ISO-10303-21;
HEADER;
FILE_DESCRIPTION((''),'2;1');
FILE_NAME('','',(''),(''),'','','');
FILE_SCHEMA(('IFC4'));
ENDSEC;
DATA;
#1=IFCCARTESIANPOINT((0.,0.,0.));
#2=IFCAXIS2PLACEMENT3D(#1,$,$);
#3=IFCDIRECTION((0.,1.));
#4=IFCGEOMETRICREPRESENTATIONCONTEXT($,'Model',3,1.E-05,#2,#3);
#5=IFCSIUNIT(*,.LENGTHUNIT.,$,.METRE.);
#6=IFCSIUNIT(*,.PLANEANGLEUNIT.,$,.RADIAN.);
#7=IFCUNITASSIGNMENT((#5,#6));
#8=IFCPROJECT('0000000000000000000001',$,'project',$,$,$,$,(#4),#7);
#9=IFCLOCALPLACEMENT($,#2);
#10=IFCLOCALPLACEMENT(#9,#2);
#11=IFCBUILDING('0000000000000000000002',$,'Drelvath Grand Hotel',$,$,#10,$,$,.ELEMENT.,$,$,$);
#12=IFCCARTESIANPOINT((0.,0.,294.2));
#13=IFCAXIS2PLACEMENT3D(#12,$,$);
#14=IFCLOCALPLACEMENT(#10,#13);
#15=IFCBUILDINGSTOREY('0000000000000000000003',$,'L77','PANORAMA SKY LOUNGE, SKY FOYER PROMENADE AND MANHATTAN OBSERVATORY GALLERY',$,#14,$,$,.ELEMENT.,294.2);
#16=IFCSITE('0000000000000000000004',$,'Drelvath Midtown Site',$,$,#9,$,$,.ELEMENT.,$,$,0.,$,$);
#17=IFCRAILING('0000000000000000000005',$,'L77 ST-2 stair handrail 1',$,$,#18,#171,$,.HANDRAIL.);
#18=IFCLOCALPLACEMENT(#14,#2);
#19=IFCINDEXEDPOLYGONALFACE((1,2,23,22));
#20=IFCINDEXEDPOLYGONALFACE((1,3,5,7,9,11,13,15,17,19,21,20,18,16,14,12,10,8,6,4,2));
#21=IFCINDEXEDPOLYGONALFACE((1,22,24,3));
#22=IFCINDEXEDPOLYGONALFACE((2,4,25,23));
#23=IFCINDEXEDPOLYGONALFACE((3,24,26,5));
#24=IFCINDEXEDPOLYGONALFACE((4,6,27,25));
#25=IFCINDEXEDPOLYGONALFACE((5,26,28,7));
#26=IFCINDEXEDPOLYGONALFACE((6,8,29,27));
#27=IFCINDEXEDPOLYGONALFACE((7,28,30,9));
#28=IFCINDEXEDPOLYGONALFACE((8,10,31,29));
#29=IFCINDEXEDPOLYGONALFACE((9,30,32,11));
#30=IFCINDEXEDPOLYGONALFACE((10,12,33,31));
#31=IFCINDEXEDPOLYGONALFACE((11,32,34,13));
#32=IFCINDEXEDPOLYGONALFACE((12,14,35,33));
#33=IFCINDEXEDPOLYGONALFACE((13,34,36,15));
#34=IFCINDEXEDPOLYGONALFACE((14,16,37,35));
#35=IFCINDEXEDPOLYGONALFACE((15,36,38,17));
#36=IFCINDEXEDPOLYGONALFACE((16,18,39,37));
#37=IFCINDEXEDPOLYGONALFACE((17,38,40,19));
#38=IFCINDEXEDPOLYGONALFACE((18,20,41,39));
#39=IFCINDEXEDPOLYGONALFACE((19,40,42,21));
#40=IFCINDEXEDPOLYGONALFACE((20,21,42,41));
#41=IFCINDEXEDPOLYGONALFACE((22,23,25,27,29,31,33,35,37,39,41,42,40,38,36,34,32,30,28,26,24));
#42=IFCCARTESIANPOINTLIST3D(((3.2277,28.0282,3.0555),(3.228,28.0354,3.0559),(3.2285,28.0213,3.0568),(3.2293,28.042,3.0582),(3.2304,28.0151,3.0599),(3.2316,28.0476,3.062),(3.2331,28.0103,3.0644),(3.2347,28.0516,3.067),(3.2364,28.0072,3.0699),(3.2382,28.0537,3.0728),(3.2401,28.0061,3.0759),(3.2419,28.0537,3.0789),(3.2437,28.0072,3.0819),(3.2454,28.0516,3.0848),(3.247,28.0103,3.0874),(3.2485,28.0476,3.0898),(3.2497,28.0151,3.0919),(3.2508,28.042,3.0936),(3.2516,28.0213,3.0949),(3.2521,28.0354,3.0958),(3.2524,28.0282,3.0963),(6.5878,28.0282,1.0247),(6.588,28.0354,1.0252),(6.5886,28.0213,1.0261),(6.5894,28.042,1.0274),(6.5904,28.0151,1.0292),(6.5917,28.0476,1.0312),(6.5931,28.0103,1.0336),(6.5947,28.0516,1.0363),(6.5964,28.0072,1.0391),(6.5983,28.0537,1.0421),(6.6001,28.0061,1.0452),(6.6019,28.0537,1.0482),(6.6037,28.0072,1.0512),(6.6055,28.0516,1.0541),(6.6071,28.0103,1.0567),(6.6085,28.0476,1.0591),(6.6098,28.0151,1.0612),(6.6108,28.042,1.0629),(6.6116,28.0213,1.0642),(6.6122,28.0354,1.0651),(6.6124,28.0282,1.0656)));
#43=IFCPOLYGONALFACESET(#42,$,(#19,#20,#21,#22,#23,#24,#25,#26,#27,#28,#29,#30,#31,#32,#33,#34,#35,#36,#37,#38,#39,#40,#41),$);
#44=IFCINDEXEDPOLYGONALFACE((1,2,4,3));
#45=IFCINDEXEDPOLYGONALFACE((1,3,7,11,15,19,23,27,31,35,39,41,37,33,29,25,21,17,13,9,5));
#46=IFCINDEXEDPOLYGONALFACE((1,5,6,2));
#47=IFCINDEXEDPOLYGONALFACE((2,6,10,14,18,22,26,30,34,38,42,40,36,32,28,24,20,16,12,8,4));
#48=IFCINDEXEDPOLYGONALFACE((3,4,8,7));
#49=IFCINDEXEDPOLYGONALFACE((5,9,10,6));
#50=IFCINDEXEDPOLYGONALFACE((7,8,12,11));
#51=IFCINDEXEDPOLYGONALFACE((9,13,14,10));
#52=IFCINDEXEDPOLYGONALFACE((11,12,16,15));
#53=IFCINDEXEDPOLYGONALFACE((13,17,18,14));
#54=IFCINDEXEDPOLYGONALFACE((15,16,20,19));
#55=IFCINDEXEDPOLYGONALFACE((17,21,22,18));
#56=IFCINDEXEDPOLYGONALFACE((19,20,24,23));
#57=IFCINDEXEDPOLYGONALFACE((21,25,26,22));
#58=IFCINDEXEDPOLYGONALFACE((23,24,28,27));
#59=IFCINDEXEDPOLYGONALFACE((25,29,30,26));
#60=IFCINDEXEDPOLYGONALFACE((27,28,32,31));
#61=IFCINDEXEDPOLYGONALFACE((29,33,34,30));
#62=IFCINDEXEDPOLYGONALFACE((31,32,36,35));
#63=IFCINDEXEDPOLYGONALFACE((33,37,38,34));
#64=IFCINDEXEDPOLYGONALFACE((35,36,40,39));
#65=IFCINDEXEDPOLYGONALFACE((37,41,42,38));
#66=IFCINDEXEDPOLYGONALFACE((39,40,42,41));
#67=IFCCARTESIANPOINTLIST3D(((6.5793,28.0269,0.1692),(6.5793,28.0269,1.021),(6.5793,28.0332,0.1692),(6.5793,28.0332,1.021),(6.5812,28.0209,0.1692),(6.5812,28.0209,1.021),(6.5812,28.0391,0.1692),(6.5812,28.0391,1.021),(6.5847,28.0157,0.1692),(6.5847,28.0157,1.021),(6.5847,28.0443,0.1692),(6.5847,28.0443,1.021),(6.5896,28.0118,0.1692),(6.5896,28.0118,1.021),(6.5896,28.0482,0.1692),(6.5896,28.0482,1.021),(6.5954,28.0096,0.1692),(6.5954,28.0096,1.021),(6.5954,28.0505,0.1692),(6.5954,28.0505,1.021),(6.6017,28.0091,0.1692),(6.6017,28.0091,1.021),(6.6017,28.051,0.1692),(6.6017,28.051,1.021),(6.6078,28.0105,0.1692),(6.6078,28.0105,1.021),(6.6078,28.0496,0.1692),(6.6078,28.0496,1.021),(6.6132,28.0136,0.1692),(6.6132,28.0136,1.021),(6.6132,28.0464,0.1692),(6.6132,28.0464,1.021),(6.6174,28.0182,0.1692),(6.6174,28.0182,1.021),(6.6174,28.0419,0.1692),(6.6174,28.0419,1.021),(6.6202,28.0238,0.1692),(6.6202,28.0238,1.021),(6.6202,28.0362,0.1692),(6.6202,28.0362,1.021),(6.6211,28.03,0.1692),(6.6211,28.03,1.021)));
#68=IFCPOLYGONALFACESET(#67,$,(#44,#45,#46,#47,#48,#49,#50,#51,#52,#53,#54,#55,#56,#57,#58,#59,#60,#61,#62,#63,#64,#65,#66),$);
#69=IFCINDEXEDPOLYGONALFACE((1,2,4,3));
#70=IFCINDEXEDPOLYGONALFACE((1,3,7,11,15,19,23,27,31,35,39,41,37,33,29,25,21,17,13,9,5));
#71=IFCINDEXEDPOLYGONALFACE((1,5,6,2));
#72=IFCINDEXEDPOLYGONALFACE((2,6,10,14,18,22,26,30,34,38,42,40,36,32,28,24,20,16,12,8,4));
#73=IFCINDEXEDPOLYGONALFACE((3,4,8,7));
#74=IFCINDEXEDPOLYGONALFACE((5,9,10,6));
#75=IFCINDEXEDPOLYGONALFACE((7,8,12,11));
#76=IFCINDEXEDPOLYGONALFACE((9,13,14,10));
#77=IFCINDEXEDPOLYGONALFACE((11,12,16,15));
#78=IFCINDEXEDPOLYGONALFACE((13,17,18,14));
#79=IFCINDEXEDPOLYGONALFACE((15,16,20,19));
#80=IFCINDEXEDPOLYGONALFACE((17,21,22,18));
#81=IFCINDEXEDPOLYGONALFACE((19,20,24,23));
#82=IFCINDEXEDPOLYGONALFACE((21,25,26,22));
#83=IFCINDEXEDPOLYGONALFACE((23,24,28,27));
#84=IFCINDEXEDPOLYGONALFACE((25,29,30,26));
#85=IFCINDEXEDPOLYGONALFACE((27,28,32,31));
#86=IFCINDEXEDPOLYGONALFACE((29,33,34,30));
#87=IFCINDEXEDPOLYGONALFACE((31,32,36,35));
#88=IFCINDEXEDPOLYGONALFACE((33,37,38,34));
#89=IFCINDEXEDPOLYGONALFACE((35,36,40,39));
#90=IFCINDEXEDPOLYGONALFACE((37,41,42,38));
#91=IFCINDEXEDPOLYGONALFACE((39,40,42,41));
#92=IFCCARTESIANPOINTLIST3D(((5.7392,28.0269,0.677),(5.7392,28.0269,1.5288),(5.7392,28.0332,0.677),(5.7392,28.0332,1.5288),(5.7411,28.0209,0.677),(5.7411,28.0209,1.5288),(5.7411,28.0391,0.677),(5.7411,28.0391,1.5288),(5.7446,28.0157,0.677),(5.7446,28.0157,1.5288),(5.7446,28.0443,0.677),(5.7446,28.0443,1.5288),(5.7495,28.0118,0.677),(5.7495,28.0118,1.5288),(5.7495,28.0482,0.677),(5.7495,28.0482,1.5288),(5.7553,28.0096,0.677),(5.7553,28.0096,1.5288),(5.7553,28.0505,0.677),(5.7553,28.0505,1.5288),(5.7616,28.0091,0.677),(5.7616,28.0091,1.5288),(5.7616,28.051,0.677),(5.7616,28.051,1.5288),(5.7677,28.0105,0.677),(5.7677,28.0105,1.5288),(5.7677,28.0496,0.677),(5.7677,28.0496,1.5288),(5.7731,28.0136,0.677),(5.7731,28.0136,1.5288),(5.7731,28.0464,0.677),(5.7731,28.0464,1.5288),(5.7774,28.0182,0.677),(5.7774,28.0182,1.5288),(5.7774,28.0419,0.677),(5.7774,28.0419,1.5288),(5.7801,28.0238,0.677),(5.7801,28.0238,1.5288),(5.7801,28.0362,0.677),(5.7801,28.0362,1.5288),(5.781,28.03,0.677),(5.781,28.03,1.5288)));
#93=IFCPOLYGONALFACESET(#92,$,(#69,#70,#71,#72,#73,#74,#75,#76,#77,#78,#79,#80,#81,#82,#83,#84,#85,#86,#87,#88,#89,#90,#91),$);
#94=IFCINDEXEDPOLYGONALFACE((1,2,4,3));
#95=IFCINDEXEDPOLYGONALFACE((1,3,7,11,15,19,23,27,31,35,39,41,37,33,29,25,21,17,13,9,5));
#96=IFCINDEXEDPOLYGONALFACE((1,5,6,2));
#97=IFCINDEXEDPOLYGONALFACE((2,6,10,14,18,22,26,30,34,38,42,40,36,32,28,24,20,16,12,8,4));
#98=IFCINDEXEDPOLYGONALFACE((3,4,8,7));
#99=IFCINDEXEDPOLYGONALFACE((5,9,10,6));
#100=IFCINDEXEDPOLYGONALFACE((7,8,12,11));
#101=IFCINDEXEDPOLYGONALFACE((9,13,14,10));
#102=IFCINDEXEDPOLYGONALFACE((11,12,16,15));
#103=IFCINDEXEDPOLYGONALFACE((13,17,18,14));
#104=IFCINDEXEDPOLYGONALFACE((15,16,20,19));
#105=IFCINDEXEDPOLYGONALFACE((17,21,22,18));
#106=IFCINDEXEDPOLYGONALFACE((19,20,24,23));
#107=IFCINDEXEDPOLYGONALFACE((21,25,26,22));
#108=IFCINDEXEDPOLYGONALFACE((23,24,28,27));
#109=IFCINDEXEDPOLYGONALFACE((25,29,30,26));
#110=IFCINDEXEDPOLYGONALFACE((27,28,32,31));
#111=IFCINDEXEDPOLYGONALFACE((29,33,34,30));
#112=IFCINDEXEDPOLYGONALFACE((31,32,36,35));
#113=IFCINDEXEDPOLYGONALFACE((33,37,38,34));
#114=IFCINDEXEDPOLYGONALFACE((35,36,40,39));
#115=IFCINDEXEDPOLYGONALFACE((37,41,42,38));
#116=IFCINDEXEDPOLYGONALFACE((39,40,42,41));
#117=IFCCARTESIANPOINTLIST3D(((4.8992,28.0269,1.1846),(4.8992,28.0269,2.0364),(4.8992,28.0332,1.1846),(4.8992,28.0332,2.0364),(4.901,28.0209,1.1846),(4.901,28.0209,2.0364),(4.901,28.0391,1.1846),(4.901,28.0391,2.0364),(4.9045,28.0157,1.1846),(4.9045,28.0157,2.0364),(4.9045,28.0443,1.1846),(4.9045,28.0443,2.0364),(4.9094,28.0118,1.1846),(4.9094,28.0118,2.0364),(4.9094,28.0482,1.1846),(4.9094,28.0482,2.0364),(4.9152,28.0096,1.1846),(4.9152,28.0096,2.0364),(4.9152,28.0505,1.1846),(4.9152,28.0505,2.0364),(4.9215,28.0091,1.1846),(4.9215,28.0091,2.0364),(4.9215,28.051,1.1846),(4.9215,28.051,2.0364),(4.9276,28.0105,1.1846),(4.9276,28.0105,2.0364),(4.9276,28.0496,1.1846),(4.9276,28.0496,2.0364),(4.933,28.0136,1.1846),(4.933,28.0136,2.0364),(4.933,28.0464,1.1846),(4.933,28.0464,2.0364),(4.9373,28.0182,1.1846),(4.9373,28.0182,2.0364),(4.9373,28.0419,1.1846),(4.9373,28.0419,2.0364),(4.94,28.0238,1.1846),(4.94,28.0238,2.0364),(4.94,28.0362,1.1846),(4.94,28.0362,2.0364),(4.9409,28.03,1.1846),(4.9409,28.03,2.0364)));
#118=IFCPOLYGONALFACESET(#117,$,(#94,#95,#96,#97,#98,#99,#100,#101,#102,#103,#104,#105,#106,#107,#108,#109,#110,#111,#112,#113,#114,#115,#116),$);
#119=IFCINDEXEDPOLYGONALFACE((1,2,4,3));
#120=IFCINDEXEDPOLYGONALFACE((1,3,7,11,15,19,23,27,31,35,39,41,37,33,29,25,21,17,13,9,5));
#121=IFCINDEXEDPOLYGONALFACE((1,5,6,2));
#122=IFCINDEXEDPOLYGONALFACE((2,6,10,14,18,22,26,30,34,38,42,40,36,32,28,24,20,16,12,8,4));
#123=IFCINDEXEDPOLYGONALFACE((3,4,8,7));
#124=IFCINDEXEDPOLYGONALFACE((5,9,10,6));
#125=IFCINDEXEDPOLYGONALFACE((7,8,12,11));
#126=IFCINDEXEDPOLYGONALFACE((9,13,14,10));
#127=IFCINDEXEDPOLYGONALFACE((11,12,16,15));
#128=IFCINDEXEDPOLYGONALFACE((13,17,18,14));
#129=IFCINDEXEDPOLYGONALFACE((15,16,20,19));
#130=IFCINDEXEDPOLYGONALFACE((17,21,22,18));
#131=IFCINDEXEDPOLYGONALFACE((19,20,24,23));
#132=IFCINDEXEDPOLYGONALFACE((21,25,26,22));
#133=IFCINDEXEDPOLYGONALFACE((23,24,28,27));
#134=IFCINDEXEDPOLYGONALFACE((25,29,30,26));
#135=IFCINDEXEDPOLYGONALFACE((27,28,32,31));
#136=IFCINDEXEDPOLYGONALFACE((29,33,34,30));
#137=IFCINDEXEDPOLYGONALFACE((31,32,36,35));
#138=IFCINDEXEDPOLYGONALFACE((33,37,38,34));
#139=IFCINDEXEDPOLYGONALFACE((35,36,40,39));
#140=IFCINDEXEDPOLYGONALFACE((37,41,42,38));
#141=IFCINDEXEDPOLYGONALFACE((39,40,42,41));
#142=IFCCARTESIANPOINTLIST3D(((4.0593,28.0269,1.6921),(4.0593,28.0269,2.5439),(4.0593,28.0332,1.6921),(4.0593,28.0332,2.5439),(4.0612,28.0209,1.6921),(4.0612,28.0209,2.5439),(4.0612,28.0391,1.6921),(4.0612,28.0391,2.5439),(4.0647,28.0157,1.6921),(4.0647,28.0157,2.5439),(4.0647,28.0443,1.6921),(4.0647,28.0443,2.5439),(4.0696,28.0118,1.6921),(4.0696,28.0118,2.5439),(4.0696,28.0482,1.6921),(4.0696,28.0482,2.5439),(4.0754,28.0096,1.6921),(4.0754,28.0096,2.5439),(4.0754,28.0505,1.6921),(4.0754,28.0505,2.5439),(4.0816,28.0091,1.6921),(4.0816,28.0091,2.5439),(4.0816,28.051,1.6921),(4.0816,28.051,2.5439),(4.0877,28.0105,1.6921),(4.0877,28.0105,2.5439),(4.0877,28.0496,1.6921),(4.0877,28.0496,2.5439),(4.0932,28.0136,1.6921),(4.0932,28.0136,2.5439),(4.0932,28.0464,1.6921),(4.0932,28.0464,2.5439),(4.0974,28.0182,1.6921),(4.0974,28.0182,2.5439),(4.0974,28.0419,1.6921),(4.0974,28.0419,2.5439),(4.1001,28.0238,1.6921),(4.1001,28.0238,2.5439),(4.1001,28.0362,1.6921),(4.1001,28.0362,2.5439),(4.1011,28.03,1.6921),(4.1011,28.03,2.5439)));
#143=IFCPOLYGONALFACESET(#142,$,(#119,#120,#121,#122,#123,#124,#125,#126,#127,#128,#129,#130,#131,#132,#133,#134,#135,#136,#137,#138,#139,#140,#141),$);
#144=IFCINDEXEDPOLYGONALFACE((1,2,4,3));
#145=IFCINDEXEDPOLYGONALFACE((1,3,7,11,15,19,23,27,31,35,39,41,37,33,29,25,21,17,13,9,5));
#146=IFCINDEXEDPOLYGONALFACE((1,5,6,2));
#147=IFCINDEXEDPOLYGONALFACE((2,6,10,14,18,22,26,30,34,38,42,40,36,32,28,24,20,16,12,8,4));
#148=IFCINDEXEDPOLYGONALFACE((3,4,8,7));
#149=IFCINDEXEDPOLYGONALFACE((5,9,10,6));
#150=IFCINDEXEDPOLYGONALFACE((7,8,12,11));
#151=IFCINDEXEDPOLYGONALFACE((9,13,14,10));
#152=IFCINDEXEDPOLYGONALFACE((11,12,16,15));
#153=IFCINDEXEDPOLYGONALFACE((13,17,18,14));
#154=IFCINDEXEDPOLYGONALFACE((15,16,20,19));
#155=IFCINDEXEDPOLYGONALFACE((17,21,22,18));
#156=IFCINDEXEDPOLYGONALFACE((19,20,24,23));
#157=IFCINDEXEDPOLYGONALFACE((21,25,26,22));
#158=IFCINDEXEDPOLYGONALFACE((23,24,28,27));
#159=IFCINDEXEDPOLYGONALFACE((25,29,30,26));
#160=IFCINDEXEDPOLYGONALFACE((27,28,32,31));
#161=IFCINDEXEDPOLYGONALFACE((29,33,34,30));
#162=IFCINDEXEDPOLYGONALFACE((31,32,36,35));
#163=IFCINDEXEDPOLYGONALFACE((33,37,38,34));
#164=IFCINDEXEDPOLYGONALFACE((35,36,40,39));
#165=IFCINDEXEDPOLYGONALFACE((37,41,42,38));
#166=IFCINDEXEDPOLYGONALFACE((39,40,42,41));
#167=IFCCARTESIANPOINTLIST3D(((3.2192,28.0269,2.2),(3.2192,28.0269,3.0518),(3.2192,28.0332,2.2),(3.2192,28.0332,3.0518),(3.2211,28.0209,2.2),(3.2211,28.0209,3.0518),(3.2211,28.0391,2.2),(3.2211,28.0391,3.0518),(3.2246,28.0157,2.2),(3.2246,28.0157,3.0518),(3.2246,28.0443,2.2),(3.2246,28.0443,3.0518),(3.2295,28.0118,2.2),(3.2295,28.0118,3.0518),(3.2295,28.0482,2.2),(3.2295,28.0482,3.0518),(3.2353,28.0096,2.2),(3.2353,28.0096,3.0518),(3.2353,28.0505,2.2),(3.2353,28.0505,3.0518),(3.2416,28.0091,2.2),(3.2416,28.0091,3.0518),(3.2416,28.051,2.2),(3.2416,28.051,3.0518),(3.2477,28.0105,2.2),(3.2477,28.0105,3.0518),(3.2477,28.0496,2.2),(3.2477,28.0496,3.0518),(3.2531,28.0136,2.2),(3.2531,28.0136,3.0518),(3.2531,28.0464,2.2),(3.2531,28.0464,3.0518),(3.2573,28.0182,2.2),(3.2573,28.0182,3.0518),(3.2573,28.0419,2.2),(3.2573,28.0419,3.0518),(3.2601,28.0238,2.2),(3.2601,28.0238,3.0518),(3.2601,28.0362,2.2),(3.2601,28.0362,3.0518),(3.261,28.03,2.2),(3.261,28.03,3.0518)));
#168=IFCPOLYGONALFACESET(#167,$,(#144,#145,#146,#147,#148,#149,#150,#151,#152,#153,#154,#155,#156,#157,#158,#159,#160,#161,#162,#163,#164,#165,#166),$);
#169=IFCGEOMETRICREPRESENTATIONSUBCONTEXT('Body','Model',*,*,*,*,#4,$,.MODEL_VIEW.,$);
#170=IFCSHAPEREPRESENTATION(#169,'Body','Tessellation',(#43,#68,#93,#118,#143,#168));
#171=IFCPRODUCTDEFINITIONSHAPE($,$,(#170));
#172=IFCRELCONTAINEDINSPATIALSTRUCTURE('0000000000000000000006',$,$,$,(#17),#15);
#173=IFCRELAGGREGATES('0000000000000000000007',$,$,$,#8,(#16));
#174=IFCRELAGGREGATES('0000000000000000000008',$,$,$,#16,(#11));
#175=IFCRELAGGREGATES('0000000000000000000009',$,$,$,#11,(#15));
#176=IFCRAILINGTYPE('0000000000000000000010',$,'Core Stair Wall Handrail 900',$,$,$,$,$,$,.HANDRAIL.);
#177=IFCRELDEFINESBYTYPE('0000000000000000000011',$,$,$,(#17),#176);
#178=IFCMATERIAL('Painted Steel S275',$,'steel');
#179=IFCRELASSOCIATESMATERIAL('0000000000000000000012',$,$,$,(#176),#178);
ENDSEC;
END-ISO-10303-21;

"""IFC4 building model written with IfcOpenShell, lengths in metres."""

from ifc_helpers import new_model, si_unit, direction, frame, origin, origin_2d, place, context, subcontext, project, spatial, circle, extrude, material, type_object, element, save


model = new_model("IFC4")

# Units and contexts
model_context = context("Model", 3, precision=1e-05, world=origin(), true_north=direction((0.0, 1.0)))
body_context = subcontext(model_context, "Body", "Model", "MODEL_VIEW")
ifc_project = project(units=[si_unit("LENGTHUNIT", "METRE"), si_unit("PLANEANGLEUNIT", "RADIAN")], contexts=[model_context])

# Site, building, storey
site_placement = place(None, origin())
site = spatial("IfcSite", under=ifc_project, at=site_placement, Name="Drelvath Midtown Site", CompositionType="ELEMENT", RefElevation=0.0)
building_placement = place(site_placement, origin())
building = spatial("IfcBuilding", under=site, at=building_placement, Name="Drelvath Grand Hotel", CompositionType="ELEMENT")
storey_placement = place(building_placement, frame((0.0, 0.0, 294.2)))
storey = spatial("IfcBuildingStorey", under=building, at=storey_placement, Name="L77", Description="PANORAMA SKY LOUNGE, SKY FOYER PROMENADE AND MANHATTAN OBSERVATORY GALLERY", CompositionType="ELEMENT", Elevation=294.2)

# Shared definitions
ifc_material_1 = material(Name="Painted Steel S275", Category="steel")

# Railing
railing_type = type_object("IfcRailingType", Name="Core Stair Wall Handrail 900", PredefinedType="HANDRAIL", material=ifc_material_1)
railing_placement = place(storey_placement, frame((6.6001, 28.03, 0.1692)))
element("IfcRailing", 1, at=railing_placement, inside=storey, type_object=railing_type, Name="L77 ST-2 stair handrail 1", PredefinedType="HANDRAIL", context=body_context, shape_type="SweptSolid", body=[
    extrude(circle(Radius=0.0239, at=origin_2d()), frame((0.0, 0.0, 0.876), z_axis=(-0.855837, 0.0, 0.517246), x_axis=(0.0, -1.0, 0.0)), (0.0, 0.0, 1.0), 3.926),
    extrude(circle(Radius=0.021, at=origin_2d()), origin(), (0.0, 0.0, 1.0), 0.8518),
    extrude(circle(Radius=0.021, at=origin_2d()), frame((-0.8401, 0.0, 0.5078)), (0.0, 0.0, 1.0), 0.8518),
    extrude(circle(Radius=0.021, at=origin_2d()), frame((-1.6802, 0.0, 1.0154)), (0.0, 0.0, 1.0), 0.8518),
    extrude(circle(Radius=0.021, at=origin_2d()), frame((-2.52, 0.0, 1.5229)), (0.0, 0.0, 1.0), 0.8518),
    extrude(circle(Radius=0.021, at=origin_2d()), frame((-3.3601, 0.0, 2.0308)), (0.0, 0.0, 1.0), 0.8518),
])

save(model, "model.ifc")
